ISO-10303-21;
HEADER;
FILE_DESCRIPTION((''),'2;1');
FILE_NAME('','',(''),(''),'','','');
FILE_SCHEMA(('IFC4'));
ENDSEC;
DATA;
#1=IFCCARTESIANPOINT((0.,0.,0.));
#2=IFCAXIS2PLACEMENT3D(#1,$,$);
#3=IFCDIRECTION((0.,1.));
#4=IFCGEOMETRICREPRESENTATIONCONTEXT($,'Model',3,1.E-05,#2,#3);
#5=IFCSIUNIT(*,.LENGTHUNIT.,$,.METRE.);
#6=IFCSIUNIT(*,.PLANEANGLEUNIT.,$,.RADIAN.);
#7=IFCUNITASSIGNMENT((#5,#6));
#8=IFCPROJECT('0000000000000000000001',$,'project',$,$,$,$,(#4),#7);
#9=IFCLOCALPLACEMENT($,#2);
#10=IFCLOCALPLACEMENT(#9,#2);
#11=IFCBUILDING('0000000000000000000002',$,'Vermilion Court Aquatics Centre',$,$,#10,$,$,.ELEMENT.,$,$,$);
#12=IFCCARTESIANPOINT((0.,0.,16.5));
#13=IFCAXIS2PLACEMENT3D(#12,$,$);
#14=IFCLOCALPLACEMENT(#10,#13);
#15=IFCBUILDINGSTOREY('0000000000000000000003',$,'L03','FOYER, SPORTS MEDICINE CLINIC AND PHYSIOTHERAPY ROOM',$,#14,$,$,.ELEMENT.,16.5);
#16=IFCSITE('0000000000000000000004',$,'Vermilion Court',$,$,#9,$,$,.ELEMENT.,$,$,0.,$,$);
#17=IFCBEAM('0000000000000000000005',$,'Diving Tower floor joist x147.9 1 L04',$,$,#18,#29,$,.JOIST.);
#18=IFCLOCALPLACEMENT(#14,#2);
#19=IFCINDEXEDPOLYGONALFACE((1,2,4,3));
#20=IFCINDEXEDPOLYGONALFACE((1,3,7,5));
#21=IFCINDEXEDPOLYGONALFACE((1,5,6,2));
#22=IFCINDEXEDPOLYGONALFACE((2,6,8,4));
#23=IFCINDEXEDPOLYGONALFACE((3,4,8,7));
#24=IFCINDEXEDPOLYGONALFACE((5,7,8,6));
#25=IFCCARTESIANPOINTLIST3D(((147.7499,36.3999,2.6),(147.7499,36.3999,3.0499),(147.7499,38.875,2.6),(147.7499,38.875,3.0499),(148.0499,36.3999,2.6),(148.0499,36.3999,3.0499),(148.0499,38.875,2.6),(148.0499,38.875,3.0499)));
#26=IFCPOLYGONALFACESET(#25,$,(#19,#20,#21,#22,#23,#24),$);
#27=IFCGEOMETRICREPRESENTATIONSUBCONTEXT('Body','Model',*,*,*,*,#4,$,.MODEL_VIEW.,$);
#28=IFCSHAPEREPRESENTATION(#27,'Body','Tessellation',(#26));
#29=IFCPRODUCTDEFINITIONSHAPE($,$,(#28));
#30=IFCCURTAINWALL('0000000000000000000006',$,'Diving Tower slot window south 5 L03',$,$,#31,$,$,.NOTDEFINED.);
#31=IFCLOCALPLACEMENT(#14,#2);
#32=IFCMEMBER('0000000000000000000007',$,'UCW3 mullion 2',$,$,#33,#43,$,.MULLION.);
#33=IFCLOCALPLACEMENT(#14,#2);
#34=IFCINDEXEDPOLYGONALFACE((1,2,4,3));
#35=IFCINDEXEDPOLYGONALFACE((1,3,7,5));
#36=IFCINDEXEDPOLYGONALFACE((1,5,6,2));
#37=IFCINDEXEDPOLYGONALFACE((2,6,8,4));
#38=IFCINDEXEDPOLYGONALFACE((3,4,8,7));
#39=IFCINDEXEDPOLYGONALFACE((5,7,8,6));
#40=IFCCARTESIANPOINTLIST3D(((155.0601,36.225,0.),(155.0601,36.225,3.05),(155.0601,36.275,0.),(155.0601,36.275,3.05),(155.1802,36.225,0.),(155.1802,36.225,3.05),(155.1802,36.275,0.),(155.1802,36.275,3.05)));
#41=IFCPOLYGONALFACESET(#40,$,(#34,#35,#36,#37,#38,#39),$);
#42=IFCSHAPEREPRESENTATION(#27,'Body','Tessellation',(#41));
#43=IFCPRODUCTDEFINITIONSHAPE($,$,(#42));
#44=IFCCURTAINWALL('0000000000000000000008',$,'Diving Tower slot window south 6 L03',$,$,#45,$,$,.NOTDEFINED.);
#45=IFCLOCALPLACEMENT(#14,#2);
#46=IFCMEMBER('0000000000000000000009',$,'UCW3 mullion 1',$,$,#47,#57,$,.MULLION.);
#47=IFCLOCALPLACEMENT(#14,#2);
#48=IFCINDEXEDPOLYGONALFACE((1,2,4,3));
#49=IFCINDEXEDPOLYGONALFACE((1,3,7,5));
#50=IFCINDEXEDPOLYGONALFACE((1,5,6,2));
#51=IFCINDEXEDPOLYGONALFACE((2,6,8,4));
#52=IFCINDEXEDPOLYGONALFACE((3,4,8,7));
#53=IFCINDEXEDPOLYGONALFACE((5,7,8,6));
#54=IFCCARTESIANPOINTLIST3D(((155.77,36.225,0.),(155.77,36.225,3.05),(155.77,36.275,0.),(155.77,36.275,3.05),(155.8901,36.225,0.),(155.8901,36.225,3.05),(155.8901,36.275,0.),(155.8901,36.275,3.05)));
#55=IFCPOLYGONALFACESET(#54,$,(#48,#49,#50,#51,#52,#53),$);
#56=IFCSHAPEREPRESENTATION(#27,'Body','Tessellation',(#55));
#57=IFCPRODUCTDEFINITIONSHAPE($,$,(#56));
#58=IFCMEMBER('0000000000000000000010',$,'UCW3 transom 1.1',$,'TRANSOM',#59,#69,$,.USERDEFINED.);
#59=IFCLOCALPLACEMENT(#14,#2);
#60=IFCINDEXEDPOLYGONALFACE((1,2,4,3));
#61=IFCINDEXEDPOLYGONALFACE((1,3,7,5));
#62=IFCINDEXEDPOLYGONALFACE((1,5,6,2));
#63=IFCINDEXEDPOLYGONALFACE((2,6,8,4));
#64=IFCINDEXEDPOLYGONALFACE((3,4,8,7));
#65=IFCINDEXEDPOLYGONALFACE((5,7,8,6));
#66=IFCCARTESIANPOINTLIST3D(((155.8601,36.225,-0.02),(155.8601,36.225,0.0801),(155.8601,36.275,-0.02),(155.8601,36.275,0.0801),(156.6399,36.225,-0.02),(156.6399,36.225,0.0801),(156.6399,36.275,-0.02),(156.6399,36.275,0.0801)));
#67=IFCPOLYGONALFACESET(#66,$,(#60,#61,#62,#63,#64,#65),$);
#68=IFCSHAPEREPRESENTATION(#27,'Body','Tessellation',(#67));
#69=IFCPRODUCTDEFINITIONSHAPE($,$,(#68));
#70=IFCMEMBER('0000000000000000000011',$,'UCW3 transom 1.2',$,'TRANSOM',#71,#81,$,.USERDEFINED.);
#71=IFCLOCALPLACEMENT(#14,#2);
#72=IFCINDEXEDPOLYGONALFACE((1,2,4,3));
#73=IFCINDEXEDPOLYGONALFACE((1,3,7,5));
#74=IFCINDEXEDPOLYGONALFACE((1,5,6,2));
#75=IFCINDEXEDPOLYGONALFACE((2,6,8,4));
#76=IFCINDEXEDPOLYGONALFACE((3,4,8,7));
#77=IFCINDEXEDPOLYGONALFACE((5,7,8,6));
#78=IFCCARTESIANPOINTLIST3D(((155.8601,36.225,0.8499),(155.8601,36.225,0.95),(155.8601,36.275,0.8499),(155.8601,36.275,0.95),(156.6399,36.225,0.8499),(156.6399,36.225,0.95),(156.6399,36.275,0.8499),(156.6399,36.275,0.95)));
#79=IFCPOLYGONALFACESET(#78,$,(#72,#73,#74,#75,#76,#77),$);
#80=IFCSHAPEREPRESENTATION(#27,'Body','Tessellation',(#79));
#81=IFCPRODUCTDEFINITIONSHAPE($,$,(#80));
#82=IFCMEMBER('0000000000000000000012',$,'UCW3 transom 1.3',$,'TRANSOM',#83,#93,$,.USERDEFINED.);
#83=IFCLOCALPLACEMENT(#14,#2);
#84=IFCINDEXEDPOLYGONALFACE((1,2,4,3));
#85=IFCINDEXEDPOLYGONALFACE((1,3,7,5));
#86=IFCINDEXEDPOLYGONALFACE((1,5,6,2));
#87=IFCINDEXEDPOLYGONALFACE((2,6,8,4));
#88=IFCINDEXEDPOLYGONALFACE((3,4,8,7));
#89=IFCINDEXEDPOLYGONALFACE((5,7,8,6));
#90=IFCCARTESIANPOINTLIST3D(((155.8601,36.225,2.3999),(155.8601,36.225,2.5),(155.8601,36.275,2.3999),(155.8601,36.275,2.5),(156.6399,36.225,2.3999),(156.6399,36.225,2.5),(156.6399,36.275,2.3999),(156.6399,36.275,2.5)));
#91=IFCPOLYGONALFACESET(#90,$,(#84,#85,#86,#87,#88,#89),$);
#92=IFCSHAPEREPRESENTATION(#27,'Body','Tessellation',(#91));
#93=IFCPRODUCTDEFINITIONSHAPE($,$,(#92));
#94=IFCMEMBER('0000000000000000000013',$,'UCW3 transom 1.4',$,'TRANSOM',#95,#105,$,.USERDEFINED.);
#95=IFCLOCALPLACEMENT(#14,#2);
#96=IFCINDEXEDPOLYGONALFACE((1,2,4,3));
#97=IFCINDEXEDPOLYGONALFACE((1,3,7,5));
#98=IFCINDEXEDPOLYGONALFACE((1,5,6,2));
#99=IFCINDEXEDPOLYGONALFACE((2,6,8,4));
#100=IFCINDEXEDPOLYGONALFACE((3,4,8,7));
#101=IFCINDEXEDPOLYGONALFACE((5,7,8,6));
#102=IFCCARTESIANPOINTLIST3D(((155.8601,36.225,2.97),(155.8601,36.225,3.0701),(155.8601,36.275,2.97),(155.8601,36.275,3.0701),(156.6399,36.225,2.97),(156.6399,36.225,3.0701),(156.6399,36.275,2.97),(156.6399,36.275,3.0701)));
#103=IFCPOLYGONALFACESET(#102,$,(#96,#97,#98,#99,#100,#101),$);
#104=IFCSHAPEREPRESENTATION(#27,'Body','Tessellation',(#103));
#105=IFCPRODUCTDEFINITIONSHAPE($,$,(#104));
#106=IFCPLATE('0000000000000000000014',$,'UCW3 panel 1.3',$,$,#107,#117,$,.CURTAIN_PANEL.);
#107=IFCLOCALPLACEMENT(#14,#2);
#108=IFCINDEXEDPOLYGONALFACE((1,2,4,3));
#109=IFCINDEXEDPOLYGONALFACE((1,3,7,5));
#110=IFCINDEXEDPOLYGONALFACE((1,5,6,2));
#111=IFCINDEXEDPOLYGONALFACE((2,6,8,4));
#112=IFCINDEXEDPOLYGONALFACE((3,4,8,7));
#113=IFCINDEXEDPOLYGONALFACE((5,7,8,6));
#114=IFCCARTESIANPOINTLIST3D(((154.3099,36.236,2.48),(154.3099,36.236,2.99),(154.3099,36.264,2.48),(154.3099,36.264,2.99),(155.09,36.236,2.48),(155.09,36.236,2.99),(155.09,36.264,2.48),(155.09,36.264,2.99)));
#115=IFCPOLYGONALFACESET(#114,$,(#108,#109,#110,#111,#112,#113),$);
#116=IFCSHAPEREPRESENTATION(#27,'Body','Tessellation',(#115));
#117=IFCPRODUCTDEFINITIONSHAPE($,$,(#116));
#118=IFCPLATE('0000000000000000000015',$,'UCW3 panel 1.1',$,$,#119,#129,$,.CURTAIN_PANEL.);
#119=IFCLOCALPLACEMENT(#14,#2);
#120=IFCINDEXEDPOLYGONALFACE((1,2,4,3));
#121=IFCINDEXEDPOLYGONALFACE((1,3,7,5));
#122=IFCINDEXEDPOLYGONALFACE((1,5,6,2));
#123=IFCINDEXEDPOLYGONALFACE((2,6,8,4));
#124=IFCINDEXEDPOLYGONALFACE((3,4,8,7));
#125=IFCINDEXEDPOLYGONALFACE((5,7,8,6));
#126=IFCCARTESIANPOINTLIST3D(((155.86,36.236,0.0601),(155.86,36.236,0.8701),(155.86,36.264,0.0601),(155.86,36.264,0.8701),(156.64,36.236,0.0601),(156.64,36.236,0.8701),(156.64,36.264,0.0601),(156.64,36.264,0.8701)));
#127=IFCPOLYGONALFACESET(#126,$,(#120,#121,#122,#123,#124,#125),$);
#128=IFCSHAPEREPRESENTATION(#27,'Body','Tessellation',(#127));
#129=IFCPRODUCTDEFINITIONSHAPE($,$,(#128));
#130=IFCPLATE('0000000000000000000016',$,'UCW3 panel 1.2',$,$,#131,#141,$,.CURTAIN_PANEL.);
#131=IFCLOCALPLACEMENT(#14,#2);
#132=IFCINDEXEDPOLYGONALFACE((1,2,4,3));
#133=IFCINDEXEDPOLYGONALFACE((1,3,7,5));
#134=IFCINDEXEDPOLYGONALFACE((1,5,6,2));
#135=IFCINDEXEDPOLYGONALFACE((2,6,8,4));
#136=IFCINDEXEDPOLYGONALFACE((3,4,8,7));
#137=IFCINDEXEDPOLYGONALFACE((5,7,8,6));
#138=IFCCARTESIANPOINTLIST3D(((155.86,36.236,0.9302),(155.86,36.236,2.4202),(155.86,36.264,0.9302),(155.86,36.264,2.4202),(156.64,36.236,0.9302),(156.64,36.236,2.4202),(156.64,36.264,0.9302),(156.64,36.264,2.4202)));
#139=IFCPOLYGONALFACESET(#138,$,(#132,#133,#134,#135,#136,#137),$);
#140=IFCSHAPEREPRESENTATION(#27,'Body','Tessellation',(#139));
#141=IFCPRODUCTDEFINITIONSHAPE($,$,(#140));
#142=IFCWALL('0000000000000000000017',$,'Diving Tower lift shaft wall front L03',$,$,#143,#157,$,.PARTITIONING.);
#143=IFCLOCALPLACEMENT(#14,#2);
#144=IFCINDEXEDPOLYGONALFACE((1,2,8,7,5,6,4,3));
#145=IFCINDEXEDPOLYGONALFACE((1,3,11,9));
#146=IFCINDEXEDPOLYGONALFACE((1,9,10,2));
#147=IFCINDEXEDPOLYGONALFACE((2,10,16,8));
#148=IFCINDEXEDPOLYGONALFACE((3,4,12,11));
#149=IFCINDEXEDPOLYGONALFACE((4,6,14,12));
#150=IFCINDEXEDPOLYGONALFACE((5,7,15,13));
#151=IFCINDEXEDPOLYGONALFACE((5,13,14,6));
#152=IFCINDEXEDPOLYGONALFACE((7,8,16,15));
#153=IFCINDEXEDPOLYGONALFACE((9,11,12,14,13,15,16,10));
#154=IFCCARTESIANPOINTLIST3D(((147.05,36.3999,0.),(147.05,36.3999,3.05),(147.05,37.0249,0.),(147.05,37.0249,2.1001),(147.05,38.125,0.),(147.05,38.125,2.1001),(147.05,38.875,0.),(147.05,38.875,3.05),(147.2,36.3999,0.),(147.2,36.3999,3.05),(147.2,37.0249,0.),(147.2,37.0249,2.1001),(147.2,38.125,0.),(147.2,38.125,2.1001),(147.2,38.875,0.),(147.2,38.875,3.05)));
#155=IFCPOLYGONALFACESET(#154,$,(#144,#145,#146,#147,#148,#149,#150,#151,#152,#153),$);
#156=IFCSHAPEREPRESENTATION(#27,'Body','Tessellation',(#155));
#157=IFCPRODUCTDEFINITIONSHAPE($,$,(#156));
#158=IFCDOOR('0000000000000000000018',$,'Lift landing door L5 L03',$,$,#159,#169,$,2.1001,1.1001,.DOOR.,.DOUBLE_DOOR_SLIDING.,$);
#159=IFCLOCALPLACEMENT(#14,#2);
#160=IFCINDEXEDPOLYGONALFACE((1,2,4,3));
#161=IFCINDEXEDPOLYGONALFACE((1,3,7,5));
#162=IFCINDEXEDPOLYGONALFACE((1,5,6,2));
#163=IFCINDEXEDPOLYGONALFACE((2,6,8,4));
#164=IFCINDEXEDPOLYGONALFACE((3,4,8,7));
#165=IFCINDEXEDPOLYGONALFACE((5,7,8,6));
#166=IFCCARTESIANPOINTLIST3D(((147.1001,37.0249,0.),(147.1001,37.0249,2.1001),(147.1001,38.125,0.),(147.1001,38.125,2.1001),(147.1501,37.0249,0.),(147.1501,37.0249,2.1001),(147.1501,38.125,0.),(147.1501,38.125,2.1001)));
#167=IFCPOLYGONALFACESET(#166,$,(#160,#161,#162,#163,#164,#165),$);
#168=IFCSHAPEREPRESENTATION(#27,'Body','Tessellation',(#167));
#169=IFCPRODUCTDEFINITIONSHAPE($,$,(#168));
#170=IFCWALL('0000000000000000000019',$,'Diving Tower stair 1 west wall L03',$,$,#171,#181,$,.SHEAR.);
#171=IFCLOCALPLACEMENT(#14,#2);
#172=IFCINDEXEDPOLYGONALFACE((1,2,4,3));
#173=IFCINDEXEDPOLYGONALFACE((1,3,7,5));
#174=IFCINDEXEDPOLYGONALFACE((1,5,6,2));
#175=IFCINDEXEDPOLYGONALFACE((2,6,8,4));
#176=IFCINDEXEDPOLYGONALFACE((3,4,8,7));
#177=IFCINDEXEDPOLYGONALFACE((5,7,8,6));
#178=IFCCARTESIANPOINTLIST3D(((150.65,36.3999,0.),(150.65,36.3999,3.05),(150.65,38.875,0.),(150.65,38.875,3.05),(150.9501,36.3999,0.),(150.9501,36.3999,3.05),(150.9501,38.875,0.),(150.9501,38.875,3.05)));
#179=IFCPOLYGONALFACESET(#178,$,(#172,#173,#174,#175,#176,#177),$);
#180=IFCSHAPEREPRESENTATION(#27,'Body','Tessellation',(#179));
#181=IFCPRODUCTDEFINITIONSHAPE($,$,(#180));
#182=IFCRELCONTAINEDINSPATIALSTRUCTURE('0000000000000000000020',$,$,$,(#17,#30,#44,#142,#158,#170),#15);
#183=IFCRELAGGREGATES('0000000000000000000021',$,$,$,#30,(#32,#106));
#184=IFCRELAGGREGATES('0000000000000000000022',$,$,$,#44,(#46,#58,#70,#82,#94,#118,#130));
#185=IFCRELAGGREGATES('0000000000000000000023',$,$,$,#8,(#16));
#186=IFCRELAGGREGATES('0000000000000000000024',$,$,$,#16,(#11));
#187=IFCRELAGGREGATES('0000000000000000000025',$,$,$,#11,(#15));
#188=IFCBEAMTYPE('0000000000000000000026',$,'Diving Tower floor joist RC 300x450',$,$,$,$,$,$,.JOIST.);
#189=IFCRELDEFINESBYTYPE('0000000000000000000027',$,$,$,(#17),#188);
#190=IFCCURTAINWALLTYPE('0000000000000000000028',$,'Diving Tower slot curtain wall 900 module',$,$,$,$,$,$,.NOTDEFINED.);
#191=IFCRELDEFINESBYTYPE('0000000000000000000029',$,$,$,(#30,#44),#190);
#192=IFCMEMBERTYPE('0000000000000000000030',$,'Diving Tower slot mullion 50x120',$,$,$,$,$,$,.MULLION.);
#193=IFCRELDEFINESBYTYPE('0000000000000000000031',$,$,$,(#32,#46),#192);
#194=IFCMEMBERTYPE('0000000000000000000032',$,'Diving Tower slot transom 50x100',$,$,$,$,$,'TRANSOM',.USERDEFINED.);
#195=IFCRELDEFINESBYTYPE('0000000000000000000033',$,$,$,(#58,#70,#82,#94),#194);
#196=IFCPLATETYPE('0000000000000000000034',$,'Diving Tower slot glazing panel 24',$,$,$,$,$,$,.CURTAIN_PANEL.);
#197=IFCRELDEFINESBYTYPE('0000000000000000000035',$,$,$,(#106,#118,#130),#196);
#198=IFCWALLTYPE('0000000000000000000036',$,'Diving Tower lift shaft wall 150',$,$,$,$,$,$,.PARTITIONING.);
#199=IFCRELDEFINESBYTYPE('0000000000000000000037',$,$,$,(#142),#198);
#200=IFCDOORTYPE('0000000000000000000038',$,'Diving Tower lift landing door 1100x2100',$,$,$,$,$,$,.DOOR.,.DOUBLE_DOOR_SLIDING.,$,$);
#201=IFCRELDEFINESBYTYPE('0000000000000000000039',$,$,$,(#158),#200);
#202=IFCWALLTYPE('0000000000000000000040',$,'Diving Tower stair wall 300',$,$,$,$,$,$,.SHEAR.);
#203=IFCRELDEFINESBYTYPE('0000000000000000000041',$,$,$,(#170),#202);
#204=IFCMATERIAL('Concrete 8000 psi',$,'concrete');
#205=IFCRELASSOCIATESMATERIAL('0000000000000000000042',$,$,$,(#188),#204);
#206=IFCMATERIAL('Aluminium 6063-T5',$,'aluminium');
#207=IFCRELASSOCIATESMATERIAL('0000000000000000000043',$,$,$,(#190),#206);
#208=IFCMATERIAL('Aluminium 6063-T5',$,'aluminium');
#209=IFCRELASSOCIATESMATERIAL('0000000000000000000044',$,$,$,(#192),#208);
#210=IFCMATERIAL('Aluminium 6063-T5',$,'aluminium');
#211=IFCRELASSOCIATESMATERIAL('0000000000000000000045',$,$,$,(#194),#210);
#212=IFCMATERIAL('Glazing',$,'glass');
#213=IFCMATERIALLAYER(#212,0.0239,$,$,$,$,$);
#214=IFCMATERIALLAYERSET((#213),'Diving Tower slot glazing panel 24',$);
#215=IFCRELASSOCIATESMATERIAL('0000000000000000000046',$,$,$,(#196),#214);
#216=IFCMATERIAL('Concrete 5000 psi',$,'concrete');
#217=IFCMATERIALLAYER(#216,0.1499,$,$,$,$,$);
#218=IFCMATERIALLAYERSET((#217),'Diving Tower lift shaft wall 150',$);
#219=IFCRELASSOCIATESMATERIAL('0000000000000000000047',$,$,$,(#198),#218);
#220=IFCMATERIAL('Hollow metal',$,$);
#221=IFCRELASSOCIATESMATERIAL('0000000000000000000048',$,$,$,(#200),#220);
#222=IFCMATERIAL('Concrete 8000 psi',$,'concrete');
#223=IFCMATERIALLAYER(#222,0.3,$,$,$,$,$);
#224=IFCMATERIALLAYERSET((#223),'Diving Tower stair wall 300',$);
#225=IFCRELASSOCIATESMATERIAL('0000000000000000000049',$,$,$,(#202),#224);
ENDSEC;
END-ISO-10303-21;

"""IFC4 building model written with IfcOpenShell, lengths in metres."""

from ifc_helpers import new_model, si_unit, direction, frame, frame_2d, origin, origin_2d, place, context, subcontext, project, spatial, rectangle, extrude, material, layer, layer_set, material_profile, profile_set, type_object, element, fill, aggregate, save


model = new_model("IFC4")

# Units and contexts
model_context = context("Model", 3, precision=1e-05, world=origin(), true_north=direction((0.0, 1.0)))
body_context = subcontext(model_context, "Body", "Model", "MODEL_VIEW")
ifc_project = project(units=[si_unit("LENGTHUNIT", "METRE"), si_unit("PLANEANGLEUNIT", "RADIAN")], contexts=[model_context])

# Site, building, storey
site_placement = place(None, origin())
site = spatial("IfcSite", under=ifc_project, at=site_placement, Name="Vermilion Court", CompositionType="ELEMENT", RefElevation=0.0)
building_placement = place(site_placement, origin())
building = spatial("IfcBuilding", under=site, at=building_placement, Name="Vermilion Court Aquatics Centre", CompositionType="ELEMENT")
storey_placement = place(building_placement, frame((0.0, 0.0, 16.5)))
storey = spatial("IfcBuildingStorey", under=building, at=storey_placement, Name="L03", Description="FOYER, SPORTS MEDICINE CLINIC AND PHYSIOTHERAPY ROOM", CompositionType="ELEMENT", Elevation=16.5)

# Beam
ifc_material_1 = material(Name="Concrete 8000 psi", Category="concrete")
ifc_material_profile_1 = material_profile(ifc_material_1, rectangle(XDim=0.3, YDim=0.45, at=origin_2d()), Name="RC 300x450")
ifc_profile_set_1 = profile_set([ifc_material_profile_1], Name="Concrete 8000 psi")
beam_type = type_object("IfcBeamType", Name="Diving Tower floor joist RC 300x450", PredefinedType="JOIST", material=ifc_profile_set_1)
beam_placement = place(storey_placement, frame((147.8999, 36.3999, 2.825), z_axis=(0.0, 1.0, 0.0), x_axis=(-1.0, 0.0, 0.0)))
element("IfcBeam", 1, at=beam_placement, inside=storey, type_object=beam_type, Name="Diving Tower floor joist x147.9 1 L04", PredefinedType="JOIST", context=body_context, shape_type="SweptSolid", body=[
    extrude(rectangle(XDim=0.3, YDim=0.45, at=origin_2d()), origin(), (0.0, 0.0, 1.0), 2.4751),
])

# Curtain wall, member
ifc_material_2 = material(Name="Aluminium 6063-T5", Category="aluminium")
curtain_wall_type = type_object("IfcCurtainWallType", Name="Diving Tower slot curtain wall 900 module", PredefinedType="NOTDEFINED", material=ifc_material_2)
curtain_wall_1_placement = place(storey_placement, origin())
curtain_wall_1 = element("IfcCurtainWall", 2, at=curtain_wall_1_placement, inside=storey, type_object=curtain_wall_type, Name="Diving Tower slot window south 5 L03", PredefinedType="NOTDEFINED")
ifc_material_3 = material(Name="Aluminium 6063-T5", Category="aluminium")
ifc_material_profile_2 = material_profile(ifc_material_3, rectangle(XDim=0.05, YDim=0.1201, at=origin_2d()), Name="AL 50x120")
ifc_profile_set_2 = profile_set([ifc_material_profile_2], Name="Aluminium 6063-T5")
member_type_1 = type_object("IfcMemberType", Name="Diving Tower slot mullion 50x120", PredefinedType="MULLION", material=ifc_profile_set_2)
member_1_placement = place(storey_placement, frame((155.1201, 36.25, 0.0), z_axis=(0.0, 0.0, 1.0), x_axis=(0.0, 1.0, 0.0)))
member_1 = element("IfcMember", 3, at=member_1_placement, type_object=member_type_1, Name="UCW3 mullion 2", PredefinedType="MULLION", context=body_context, shape_type="SweptSolid", body=[
    extrude(rectangle(XDim=0.05, YDim=0.1201, at=origin_2d()), origin(), (0.0, 0.0, 1.0), 3.05),
])

# Curtain wall, members
curtain_wall_2_placement = place(storey_placement, origin())
curtain_wall_2 = element("IfcCurtainWall", 4, at=curtain_wall_2_placement, inside=storey, type_object=curtain_wall_type, Name="Diving Tower slot window south 6 L03", PredefinedType="NOTDEFINED")
member_2_placement = place(storey_placement, frame((155.8301, 36.25, 0.0), z_axis=(0.0, 0.0, 1.0), x_axis=(0.0, 1.0, 0.0)))
member_2 = element("IfcMember", 5, at=member_2_placement, type_object=member_type_1, Name="UCW3 mullion 1", PredefinedType="MULLION", context=body_context, shape_type="SweptSolid", body=[
    extrude(rectangle(XDim=0.05, YDim=0.1201, at=origin_2d()), origin(), (0.0, 0.0, 1.0), 3.05),
])
ifc_material_4 = material(Name="Aluminium 6063-T5", Category="aluminium")
ifc_material_profile_3 = material_profile(ifc_material_4, rectangle(XDim=0.05, YDim=0.1001, at=origin_2d()), Name="AL 50x100")
ifc_profile_set_3 = profile_set([ifc_material_profile_3], Name="Aluminium 6063-T5")
member_type_2 = type_object("IfcMemberType", Name="Diving Tower slot transom 50x100", ElementType="TRANSOM", PredefinedType="USERDEFINED", material=ifc_profile_set_3)
member_3_placement = place(storey_placement, frame((155.8601, 36.25, 0.03), z_axis=(1.0, 0.0, 0.0), x_axis=(0.0, 1.0, 0.0)))
member_3 = element("IfcMember", 6, at=member_3_placement, type_object=member_type_2, Name="UCW3 transom 1.1", ObjectType="TRANSOM", PredefinedType="USERDEFINED", context=body_context, shape_type="SweptSolid", body=[
    extrude(rectangle(XDim=0.05, YDim=0.1001, at=origin_2d()), origin(), (0.0, 0.0, 1.0), 0.7798),
])
member_4_placement = place(storey_placement, frame((155.8601, 36.25, 0.8999), z_axis=(1.0, 0.0, 0.0), x_axis=(0.0, 1.0, 0.0)))
member_4 = element("IfcMember", 7, at=member_4_placement, type_object=member_type_2, Name="UCW3 transom 1.2", ObjectType="TRANSOM", PredefinedType="USERDEFINED", context=body_context, shape_type="SweptSolid", body=[
    extrude(rectangle(XDim=0.05, YDim=0.1001, at=origin_2d()), origin(), (0.0, 0.0, 1.0), 0.7798),
])
member_5_placement = place(storey_placement, frame((155.8601, 36.25, 2.45), z_axis=(1.0, 0.0, 0.0), x_axis=(0.0, 1.0, 0.0)))
member_5 = element("IfcMember", 8, at=member_5_placement, type_object=member_type_2, Name="UCW3 transom 1.3", ObjectType="TRANSOM", PredefinedType="USERDEFINED", context=body_context, shape_type="SweptSolid", body=[
    extrude(rectangle(XDim=0.05, YDim=0.1001, at=origin_2d()), origin(), (0.0, 0.0, 1.0), 0.7798),
])
member_6_placement = place(storey_placement, frame((155.8601, 36.25, 3.02), z_axis=(1.0, 0.0, 0.0), x_axis=(0.0, 1.0, 0.0)))
member_6 = element("IfcMember", 9, at=member_6_placement, type_object=member_type_2, Name="UCW3 transom 1.4", ObjectType="TRANSOM", PredefinedType="USERDEFINED", context=body_context, shape_type="SweptSolid", body=[
    extrude(rectangle(XDim=0.05, YDim=0.1001, at=origin_2d()), origin(), (0.0, 0.0, 1.0), 0.7798),
])

# Plates
ifc_material_5 = material(Name="Glazing", Category="glass")
ifc_layer_1 = layer(ifc_material_5, 0.0239)
ifc_layer_set_1 = layer_set([ifc_layer_1], Name="Diving Tower slot glazing panel 24")
plate_type = type_object("IfcPlateType", Name="Diving Tower slot glazing panel 24", PredefinedType="CURTAIN_PANEL", material=ifc_layer_set_1)
plate_1_placement = place(storey_placement, frame((154.7, 36.25, 2.48), z_axis=(0.0, 0.0, 1.0), x_axis=(1.0, 0.0, 0.0)))
plate_1 = element("IfcPlate", 10, at=plate_1_placement, type_object=plate_type, Name="UCW3 panel 1.3", PredefinedType="CURTAIN_PANEL", context=body_context, shape_type="SweptSolid", body=[
    extrude(rectangle(XDim=0.78, YDim=0.0281, at=origin_2d()), origin(), (0.0, 0.0, 1.0), 0.51),
])
aggregate(curtain_wall_1, [member_1, plate_1])
plate_2_placement = place(storey_placement, frame((156.25, 36.25, 0.0601), z_axis=(0.0, 0.0, 1.0), x_axis=(1.0, 0.0, 0.0)))
plate_2 = element("IfcPlate", 11, at=plate_2_placement, type_object=plate_type, Name="UCW3 panel 1.1", PredefinedType="CURTAIN_PANEL", context=body_context, shape_type="SweptSolid", body=[
    extrude(rectangle(XDim=0.78, YDim=0.0281, at=origin_2d()), origin(), (0.0, 0.0, 1.0), 0.8101),
])
plate_3_placement = place(storey_placement, frame((156.25, 36.25, 0.9302), z_axis=(0.0, 0.0, 1.0), x_axis=(1.0, 0.0, 0.0)))
plate_3 = element("IfcPlate", 12, at=plate_3_placement, type_object=plate_type, Name="UCW3 panel 1.2", PredefinedType="CURTAIN_PANEL", context=body_context, shape_type="SweptSolid", body=[
    extrude(rectangle(XDim=0.78, YDim=0.0281, at=origin_2d()), origin(), (0.0, 0.0, 1.0), 1.49),
])
aggregate(curtain_wall_2, [member_2, member_3, member_4, member_5, member_6, plate_2, plate_3])

# Wall, opening, door
ifc_material_6 = material(Name="Concrete 5000 psi", Category="concrete")
ifc_layer_2 = layer(ifc_material_6, 0.1499)
ifc_layer_set_2 = layer_set([ifc_layer_2], Name="Diving Tower lift shaft wall 150")
wall_type_1 = type_object("IfcWallType", Name="Diving Tower lift shaft wall 150", PredefinedType="PARTITIONING", material=ifc_layer_set_2)
wall_1_placement = place(storey_placement, frame((147.125, 36.3999, 0.0), z_axis=(0.0, 0.0, 1.0), x_axis=(0.0, 1.0, 0.0)))
wall_1 = element("IfcWall", 13, at=wall_1_placement, inside=storey, type_object=wall_type_1, Name="Diving Tower lift shaft wall front L03", PredefinedType="PARTITIONING", context=body_context, shape_type="SweptSolid", body=[
    extrude(rectangle(XDim=2.4751, YDim=0.1499, at=frame_2d((1.2375, 0.0))), origin(), (0.0, 0.0, 1.0), 3.05),
])
opening_placement = place(wall_1_placement, frame((0.625, 0.0, 0.0)))
opening = element("IfcOpeningElement", 14, at=opening_placement, cuts=wall_1, PredefinedType="OPENING", context=body_context, shape_type="SweptSolid", body=[
    extrude(rectangle(XDim=1.1001, YDim=2.1001, at=frame_2d((0.55, 1.05))), frame((0.0, 0.085, 0.0), z_axis=(0.0, -1.0, 0.0), x_axis=(1.0, 0.0, 0.0)), (0.0, 0.0, 1.0), 0.1699),
])
ifc_material_7 = material(Name="Hollow metal")
door_type = type_object("IfcDoorType", Name="Diving Tower lift landing door 1100x2100", OperationType="DOUBLE_DOOR_SLIDING", PredefinedType="DOOR", material=ifc_material_7)
door_placement = place(opening_placement, origin())
door = element("IfcDoor", 15, at=door_placement, inside=storey, type_object=door_type, Name="Lift landing door L5 L03", OperationType="DOUBLE_DOOR_SLIDING", OverallHeight=2.1001, OverallWidth=1.1001, PredefinedType="DOOR", context=body_context, shape_type="SweptSolid", body=[
    extrude(rectangle(XDim=1.1001, YDim=2.1001, at=frame_2d((0.55, 1.05))), frame((0.0, 0.0249, 0.0), z_axis=(0.0, -1.0, 0.0), x_axis=(1.0, 0.0, 0.0)), (0.0, 0.0, 1.0), 0.05),
])
fill(opening, door)

# Wall
ifc_material_8 = material(Name="Concrete 8000 psi", Category="concrete")
ifc_layer_3 = layer(ifc_material_8, 0.3)
ifc_layer_set_3 = layer_set([ifc_layer_3], Name="Diving Tower stair wall 300")
wall_type_2 = type_object("IfcWallType", Name="Diving Tower stair wall 300", PredefinedType="SHEAR", material=ifc_layer_set_3)
wall_2_placement = place(storey_placement, frame((150.8, 36.3999, 0.0), z_axis=(0.0, 0.0, 1.0), x_axis=(0.0, 1.0, 0.0)))
element("IfcWall", 16, at=wall_2_placement, inside=storey, type_object=wall_type_2, Name="Diving Tower stair 1 west wall L03", PredefinedType="SHEAR", context=body_context, shape_type="SweptSolid", body=[
    extrude(rectangle(XDim=2.4751, YDim=0.3, at=frame_2d((1.2375, 0.0))), origin(), (0.0, 0.0, 1.0), 3.05),
])

save(model, "model.ifc")
